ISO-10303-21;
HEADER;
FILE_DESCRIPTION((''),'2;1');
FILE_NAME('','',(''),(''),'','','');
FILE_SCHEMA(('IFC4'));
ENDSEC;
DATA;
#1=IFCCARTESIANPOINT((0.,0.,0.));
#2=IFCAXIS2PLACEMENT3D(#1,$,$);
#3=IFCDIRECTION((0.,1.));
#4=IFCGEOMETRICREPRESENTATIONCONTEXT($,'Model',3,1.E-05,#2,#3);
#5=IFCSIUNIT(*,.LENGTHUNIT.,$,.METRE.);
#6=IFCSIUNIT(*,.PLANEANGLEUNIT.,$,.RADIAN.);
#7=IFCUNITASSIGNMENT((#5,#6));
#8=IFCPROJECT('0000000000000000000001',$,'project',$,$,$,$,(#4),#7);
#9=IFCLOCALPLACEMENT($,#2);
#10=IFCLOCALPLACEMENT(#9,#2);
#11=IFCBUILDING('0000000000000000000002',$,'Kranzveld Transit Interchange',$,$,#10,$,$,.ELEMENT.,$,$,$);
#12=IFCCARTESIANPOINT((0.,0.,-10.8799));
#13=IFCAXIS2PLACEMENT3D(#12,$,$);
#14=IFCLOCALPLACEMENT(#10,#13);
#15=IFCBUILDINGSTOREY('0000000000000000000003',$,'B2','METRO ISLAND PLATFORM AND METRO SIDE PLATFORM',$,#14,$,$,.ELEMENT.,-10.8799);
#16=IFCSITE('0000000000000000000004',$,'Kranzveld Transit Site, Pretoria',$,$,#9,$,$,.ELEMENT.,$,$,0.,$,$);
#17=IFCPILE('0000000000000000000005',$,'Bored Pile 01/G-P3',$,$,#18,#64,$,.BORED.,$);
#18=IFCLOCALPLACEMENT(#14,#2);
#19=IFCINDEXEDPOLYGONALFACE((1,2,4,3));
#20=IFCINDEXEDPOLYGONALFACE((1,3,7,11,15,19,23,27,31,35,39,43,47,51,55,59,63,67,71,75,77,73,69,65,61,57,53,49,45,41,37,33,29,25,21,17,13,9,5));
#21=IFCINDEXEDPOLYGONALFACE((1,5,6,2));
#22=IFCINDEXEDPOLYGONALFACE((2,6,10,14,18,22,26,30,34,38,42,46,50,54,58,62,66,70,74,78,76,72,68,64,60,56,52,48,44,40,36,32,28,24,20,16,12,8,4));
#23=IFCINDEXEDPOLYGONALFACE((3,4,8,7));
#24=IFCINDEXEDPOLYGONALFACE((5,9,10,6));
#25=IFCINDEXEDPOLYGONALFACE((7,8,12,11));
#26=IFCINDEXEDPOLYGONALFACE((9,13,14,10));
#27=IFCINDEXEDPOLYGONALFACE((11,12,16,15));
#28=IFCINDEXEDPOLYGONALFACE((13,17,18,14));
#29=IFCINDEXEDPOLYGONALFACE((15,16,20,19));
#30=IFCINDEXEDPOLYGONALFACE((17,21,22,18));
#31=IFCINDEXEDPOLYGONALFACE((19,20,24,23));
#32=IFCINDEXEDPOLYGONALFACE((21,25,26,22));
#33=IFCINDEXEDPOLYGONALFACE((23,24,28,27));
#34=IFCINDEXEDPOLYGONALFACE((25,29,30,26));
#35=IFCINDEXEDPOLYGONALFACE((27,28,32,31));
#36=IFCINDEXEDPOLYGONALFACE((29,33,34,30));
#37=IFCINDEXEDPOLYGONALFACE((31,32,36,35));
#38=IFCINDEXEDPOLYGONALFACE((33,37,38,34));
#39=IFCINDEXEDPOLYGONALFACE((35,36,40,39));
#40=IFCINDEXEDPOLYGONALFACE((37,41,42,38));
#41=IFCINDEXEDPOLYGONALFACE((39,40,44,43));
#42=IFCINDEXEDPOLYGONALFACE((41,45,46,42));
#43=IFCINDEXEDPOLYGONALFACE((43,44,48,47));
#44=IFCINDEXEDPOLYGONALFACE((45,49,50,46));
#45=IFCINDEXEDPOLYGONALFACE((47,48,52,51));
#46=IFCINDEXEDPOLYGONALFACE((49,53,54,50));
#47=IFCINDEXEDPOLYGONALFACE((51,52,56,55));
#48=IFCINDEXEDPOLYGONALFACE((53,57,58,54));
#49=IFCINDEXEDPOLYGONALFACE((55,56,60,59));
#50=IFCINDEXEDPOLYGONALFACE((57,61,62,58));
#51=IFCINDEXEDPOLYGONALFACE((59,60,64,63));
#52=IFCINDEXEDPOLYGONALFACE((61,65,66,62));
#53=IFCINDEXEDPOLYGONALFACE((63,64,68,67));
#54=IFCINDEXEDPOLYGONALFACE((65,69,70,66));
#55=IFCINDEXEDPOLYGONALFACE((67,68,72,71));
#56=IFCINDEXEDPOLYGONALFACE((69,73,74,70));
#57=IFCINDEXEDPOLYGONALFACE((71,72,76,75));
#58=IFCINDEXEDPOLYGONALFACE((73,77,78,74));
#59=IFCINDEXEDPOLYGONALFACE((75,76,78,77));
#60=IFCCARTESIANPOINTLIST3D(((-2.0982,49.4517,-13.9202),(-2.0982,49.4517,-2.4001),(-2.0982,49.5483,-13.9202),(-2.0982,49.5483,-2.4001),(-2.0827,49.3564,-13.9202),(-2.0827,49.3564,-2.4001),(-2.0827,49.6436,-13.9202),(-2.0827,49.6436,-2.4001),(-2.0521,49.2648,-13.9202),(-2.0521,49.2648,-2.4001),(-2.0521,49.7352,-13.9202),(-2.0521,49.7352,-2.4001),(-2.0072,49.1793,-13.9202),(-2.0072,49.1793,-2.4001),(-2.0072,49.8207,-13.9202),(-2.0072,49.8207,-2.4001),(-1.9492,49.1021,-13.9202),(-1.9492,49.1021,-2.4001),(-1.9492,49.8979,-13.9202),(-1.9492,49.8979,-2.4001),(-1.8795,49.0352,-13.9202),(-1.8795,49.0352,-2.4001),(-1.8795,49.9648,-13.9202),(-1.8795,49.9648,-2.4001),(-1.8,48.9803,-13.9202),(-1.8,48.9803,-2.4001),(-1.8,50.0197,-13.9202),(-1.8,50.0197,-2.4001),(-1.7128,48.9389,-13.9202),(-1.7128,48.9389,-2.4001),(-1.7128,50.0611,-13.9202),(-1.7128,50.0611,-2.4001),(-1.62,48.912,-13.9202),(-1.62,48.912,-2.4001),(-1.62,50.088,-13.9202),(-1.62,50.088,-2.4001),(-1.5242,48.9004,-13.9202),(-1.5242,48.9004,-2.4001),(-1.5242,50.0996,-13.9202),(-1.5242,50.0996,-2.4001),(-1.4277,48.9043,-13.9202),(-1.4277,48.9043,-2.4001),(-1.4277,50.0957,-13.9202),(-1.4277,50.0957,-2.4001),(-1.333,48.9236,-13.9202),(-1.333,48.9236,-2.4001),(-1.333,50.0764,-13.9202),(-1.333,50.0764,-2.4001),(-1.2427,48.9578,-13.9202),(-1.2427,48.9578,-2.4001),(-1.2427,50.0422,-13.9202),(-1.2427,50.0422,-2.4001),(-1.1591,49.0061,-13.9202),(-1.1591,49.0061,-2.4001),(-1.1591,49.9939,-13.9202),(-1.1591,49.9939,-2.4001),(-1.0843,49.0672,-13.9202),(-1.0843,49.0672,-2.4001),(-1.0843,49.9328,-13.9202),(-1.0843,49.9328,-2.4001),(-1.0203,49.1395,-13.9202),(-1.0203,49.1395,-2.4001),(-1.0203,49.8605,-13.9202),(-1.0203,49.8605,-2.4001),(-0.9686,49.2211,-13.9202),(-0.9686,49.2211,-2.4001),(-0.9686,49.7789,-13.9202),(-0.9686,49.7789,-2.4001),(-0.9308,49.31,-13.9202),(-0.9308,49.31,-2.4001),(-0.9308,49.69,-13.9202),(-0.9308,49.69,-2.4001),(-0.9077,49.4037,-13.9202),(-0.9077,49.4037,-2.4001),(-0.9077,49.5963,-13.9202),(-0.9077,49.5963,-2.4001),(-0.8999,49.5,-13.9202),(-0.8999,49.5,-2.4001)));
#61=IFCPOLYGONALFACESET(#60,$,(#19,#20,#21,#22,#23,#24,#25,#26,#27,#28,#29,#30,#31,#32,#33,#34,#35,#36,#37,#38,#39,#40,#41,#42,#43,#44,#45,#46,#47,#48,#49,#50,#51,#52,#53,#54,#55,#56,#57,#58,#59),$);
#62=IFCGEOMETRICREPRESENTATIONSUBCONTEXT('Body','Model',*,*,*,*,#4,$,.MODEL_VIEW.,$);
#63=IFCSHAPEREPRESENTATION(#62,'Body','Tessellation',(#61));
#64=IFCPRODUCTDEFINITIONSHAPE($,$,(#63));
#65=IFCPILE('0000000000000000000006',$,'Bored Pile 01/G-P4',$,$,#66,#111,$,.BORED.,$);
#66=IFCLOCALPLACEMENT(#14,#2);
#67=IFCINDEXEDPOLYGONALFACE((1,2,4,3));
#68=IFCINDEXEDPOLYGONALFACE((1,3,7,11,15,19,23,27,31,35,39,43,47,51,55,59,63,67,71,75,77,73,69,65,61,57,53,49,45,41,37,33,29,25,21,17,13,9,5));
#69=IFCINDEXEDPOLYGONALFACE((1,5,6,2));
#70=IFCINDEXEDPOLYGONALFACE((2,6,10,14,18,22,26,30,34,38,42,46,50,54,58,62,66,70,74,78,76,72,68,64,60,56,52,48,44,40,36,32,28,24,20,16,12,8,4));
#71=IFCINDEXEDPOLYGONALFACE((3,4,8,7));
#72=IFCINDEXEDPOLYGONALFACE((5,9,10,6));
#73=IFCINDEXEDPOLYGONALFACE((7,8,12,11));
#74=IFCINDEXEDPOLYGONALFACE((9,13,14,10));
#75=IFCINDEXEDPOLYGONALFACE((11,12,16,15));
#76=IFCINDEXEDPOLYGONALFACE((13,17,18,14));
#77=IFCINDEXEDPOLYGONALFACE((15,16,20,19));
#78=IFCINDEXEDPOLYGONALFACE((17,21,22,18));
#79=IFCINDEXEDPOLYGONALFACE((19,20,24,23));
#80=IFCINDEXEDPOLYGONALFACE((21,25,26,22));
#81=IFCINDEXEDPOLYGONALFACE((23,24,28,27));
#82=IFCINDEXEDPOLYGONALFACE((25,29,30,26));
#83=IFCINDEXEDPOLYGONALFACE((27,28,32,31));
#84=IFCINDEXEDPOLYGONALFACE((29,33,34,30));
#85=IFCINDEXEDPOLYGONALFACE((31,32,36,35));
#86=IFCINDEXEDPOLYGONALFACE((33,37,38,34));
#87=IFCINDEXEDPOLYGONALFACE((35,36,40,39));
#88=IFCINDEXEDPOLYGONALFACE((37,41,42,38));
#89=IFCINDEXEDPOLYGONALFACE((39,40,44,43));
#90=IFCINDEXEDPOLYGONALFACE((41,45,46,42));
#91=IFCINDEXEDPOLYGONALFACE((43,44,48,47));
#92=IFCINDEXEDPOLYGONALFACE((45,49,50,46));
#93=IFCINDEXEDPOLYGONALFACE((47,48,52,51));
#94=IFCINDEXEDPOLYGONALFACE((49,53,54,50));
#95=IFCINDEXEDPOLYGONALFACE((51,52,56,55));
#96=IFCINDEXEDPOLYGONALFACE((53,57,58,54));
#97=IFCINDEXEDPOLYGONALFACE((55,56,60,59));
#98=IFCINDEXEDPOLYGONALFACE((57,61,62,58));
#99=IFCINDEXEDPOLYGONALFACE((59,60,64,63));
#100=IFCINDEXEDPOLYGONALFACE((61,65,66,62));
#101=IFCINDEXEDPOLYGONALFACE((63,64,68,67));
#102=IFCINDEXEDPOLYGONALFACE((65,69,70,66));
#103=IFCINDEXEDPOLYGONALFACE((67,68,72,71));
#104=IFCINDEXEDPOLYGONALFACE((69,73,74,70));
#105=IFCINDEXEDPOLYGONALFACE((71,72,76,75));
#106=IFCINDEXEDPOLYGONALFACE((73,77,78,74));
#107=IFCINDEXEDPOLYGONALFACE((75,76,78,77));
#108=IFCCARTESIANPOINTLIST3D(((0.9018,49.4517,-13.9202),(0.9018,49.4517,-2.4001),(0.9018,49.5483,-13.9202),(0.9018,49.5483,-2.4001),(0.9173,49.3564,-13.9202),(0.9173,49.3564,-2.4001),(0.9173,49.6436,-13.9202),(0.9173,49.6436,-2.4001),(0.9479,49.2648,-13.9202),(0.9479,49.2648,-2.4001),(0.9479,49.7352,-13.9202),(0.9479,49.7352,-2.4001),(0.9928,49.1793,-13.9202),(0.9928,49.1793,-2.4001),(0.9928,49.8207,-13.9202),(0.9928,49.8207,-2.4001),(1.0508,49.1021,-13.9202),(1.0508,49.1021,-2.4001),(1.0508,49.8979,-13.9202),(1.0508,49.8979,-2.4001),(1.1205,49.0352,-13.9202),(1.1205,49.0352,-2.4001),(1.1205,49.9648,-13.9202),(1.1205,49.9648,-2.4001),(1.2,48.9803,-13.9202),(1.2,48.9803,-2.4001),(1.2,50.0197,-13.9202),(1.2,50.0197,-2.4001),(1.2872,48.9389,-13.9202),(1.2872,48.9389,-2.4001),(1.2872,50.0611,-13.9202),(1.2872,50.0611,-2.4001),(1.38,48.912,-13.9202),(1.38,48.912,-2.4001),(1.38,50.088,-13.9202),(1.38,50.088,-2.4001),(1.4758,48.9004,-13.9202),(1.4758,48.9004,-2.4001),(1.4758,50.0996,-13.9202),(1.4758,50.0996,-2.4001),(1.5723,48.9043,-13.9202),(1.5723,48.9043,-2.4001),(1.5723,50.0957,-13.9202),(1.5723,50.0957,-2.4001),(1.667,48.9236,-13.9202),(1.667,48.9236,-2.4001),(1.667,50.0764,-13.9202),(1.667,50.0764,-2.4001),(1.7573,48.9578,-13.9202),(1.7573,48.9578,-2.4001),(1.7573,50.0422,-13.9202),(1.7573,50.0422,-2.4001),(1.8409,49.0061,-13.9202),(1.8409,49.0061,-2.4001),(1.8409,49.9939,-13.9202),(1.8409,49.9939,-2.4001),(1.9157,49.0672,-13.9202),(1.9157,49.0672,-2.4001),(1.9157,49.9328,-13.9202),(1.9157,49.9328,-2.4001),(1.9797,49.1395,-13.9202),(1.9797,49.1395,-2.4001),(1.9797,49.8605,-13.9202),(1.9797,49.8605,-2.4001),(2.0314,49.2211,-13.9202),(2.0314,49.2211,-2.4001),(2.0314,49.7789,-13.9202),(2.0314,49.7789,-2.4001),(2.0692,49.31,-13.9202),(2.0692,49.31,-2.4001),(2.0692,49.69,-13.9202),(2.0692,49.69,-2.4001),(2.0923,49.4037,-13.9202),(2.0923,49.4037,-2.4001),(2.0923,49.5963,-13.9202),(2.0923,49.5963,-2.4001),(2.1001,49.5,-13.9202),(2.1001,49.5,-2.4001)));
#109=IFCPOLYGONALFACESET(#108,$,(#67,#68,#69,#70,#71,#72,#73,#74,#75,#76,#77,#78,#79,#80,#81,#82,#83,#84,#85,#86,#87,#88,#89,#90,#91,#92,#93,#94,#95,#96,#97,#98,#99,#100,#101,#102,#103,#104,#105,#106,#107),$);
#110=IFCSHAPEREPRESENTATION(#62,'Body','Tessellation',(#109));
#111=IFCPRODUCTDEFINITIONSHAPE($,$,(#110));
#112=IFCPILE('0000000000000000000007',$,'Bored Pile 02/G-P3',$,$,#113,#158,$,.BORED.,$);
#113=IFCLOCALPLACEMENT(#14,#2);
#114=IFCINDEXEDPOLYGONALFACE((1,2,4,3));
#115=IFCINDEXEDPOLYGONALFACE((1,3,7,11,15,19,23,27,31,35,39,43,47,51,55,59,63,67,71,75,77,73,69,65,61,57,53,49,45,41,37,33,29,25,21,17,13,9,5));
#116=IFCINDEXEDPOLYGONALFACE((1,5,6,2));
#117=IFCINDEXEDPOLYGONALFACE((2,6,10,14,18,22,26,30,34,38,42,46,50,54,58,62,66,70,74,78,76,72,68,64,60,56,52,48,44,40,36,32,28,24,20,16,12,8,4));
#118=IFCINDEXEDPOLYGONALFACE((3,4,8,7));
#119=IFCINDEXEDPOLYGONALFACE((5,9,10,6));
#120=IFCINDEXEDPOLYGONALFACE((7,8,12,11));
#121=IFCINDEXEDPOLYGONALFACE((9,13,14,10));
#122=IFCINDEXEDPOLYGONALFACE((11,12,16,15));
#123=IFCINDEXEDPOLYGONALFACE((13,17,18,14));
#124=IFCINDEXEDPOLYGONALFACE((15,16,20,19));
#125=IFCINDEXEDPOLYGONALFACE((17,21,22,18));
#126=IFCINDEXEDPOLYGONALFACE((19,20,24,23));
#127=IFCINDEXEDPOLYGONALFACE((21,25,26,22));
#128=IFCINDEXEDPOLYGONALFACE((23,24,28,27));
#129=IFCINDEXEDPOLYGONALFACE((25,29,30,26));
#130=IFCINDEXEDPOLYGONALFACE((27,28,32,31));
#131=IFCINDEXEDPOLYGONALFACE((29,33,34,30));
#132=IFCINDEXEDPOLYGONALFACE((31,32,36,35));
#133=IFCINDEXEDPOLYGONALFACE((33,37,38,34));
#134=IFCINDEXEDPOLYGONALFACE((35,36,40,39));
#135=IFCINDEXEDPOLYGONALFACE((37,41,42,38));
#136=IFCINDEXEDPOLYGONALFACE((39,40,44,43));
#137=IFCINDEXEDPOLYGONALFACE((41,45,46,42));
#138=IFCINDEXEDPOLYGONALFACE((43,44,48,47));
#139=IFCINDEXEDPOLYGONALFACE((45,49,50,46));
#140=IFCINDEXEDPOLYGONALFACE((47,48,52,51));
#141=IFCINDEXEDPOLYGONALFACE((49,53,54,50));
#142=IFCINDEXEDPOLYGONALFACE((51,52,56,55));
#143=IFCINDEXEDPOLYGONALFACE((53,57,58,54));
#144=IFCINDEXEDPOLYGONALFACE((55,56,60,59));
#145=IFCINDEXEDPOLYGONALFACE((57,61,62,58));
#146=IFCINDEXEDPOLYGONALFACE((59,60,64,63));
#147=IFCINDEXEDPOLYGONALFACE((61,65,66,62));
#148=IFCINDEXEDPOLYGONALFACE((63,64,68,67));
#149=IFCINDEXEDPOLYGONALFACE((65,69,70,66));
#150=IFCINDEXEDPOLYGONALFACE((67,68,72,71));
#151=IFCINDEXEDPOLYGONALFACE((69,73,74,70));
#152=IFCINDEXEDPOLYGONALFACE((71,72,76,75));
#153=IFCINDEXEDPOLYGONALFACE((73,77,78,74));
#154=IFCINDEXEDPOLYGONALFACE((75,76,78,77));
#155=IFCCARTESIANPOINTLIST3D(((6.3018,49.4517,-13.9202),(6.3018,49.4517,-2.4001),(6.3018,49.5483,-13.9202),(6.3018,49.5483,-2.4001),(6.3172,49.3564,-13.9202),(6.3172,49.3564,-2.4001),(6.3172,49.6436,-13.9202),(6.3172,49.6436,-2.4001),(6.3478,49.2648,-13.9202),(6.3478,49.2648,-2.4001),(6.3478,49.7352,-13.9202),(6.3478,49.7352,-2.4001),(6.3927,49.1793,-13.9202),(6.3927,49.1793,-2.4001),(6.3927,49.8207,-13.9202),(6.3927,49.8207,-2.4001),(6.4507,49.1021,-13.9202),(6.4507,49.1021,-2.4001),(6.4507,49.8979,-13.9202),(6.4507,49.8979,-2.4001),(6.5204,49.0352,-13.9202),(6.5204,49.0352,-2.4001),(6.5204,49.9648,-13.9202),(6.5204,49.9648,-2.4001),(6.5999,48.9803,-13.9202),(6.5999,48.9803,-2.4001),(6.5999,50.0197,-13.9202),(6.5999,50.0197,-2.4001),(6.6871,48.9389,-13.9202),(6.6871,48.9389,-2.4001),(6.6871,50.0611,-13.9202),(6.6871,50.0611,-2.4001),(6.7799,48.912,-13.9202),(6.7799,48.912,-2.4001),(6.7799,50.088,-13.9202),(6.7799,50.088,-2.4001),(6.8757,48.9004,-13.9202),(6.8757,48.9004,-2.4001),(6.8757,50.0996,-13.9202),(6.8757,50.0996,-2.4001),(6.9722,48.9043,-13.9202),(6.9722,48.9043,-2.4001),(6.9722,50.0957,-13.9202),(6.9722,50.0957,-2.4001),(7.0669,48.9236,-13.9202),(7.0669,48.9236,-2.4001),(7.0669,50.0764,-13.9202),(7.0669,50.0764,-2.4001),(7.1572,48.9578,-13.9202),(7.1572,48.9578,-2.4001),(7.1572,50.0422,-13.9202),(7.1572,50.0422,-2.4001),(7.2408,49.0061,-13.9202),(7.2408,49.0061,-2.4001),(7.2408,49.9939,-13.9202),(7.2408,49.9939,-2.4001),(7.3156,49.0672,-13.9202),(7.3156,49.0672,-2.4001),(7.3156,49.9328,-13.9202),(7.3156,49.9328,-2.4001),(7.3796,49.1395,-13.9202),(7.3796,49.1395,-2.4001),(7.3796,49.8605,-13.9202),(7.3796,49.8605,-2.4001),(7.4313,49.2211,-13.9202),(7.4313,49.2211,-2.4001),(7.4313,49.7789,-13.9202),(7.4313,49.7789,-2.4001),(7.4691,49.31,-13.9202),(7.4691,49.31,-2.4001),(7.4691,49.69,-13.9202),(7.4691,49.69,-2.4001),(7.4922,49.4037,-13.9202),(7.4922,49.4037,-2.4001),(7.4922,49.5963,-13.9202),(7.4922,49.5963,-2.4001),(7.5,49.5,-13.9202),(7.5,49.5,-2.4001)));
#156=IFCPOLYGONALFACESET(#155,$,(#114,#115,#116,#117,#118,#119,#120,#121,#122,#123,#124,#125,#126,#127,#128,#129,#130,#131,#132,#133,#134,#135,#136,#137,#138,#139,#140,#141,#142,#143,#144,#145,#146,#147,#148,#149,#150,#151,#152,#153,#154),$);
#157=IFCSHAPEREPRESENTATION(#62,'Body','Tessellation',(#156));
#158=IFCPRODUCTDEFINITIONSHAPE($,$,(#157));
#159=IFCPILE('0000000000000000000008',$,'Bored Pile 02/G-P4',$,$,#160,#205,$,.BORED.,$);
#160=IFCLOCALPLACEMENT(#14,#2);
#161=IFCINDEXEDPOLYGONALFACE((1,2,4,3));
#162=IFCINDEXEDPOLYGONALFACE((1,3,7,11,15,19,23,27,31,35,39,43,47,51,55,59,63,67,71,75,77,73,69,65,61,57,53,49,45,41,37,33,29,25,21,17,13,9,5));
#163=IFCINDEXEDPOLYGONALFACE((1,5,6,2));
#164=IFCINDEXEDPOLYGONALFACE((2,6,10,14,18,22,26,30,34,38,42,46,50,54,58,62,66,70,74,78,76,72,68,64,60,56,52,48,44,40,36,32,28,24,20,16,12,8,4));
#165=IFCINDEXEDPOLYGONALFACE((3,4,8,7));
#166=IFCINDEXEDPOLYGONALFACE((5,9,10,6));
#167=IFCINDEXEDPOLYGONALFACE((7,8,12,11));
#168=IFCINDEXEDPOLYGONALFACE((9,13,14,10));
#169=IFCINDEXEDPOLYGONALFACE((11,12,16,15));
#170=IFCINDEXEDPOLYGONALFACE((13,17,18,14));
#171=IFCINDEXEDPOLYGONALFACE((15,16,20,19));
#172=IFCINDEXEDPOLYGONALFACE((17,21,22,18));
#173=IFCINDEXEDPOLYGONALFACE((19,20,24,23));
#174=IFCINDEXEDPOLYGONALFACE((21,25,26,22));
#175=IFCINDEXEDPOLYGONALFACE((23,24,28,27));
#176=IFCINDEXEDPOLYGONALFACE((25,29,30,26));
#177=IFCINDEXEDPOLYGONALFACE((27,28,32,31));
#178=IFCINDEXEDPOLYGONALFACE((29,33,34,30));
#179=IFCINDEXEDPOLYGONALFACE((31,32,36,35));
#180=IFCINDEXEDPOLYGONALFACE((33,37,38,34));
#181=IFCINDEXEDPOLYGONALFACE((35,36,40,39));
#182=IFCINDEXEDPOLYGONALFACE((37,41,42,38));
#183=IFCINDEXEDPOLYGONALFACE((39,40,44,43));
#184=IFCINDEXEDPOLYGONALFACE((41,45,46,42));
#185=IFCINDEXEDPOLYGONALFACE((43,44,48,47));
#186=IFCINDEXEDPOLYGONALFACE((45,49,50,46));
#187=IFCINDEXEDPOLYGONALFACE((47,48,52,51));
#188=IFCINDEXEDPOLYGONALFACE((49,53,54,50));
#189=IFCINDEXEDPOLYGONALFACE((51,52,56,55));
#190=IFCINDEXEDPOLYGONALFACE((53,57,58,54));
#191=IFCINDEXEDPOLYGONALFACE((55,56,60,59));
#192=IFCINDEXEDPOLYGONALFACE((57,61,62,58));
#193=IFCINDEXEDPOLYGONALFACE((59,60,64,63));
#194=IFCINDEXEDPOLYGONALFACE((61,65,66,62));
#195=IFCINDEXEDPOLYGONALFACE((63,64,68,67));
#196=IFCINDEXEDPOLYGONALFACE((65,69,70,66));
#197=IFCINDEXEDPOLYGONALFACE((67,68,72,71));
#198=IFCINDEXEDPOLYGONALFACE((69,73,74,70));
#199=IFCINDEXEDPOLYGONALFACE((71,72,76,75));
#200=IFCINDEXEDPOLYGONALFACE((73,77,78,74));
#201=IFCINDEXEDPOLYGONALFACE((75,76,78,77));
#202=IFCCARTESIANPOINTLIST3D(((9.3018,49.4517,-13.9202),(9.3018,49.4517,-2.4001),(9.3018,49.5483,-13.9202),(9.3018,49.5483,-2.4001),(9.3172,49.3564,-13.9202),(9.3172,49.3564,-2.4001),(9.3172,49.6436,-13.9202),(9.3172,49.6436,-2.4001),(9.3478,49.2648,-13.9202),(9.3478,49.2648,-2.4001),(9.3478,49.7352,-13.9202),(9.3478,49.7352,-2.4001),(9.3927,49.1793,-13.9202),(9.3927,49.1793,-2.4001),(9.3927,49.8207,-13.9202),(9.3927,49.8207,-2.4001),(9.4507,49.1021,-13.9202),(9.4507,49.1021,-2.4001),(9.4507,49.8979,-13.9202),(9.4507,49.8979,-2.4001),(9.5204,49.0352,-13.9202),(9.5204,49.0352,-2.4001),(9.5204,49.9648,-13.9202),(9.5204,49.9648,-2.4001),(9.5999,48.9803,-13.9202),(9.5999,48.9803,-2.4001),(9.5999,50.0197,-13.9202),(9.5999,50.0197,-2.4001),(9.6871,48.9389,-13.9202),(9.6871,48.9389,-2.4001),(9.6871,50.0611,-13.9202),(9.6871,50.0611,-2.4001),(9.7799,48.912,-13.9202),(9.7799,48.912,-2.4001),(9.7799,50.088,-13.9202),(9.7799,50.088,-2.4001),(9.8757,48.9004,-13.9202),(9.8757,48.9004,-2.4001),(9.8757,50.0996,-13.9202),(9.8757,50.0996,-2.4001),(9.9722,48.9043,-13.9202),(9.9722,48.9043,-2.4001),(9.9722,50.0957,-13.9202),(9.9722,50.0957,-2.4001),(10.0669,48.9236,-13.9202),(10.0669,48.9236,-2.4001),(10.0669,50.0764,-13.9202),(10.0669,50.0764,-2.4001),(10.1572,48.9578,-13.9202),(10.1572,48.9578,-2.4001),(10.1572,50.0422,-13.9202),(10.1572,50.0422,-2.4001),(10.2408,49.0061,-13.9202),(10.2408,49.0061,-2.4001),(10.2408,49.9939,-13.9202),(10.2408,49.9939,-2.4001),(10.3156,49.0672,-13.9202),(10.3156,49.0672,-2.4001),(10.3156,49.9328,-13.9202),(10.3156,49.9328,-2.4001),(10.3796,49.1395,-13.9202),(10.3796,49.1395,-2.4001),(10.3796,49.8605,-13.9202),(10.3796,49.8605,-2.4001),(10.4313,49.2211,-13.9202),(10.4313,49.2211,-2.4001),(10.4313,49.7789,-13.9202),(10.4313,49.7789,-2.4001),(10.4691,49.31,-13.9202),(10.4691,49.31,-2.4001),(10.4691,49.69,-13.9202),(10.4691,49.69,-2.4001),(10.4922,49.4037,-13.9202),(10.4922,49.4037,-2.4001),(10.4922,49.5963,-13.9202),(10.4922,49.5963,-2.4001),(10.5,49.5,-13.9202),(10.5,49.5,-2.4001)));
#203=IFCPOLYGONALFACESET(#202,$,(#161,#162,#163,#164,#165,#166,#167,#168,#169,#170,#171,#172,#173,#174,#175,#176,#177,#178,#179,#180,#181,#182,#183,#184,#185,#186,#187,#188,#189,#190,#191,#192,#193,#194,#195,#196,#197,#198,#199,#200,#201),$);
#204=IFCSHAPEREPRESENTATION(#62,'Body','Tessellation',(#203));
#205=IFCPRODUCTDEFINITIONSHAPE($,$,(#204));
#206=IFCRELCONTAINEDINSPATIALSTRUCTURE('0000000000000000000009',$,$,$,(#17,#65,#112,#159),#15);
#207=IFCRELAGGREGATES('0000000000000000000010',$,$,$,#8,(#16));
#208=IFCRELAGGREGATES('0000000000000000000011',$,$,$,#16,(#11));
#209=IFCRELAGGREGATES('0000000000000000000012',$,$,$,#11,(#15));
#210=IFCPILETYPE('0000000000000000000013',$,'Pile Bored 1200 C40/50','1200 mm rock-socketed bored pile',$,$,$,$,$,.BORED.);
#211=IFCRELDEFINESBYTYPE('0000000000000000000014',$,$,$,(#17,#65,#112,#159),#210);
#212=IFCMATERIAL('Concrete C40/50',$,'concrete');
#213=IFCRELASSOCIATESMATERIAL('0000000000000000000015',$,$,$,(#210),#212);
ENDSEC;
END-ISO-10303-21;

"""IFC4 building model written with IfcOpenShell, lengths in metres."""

from ifc_helpers import new_model, si_unit, direction, frame, origin, origin_2d, place, context, subcontext, project, spatial, circle, extrude, material, material_profile, profile_set, type_object, element, save


model = new_model("IFC4")

# Units and contexts
model_context = context("Model", 3, precision=1e-05, world=origin(), true_north=direction((0.0, 1.0)))
body_context = subcontext(model_context, "Body", "Model", "MODEL_VIEW")
ifc_project = project(units=[si_unit("LENGTHUNIT", "METRE"), si_unit("PLANEANGLEUNIT", "RADIAN")], contexts=[model_context])

# Site, building, storey
site_placement = place(None, origin())
site = spatial("IfcSite", under=ifc_project, at=site_placement, Name="Kranzveld Transit Site, Pretoria", CompositionType="ELEMENT", RefElevation=0.0)
building_placement = place(site_placement, origin())
building = spatial("IfcBuilding", under=site, at=building_placement, Name="Kranzveld Transit Interchange", CompositionType="ELEMENT")
storey_placement = place(building_placement, frame((0.0, 0.0, -10.8799)))
storey = spatial("IfcBuildingStorey", under=building, at=storey_placement, Name="B2", Description="METRO ISLAND PLATFORM AND METRO SIDE PLATFORM", CompositionType="ELEMENT", Elevation=-10.8799)

# Piles
ifc_material_1 = material(Name="Concrete C40/50", Category="concrete")
ifc_material_profile_1 = material_profile(ifc_material_1, circle(Radius=0.6001, at=origin_2d()), Name="BORED PILE 1200")
ifc_profile_set_1 = profile_set([ifc_material_profile_1], Name="Concrete C40/50")
pile_type = type_object("IfcPileType", Name="Pile Bored 1200 C40/50", Description="1200 mm rock-socketed bored pile", PredefinedType="BORED", material=ifc_profile_set_1)
for number, where, z_axis, x_axis, name in (
    (1, (-1.5, 49.5, -2.4001), (0.0, 0.0, -1.0), (1.0, 0.0, 0.0), "Bored Pile 01/G-P3"),
    (2, (1.5, 49.5, -2.4001), (0.0, 0.0, -1.0), (1.0, 0.0, 0.0), "Bored Pile 01/G-P4"),
    (3, (6.8999, 49.5, -2.4001), (0.0, 0.0, -1.0), (1.0, 0.0, 0.0), "Bored Pile 02/G-P3"),
    (4, (9.8999, 49.5, -2.4001), (0.0, 0.0, -1.0), (1.0, 0.0, 0.0), "Bored Pile 02/G-P4"),
):
    element("IfcPile", number, at=place(storey_placement, frame(where, z_axis=z_axis, x_axis=x_axis)), inside=storey, type_object=pile_type, Name=name, PredefinedType="BORED", context=body_context, shape_type="SweptSolid", body=[
        extrude(circle(Radius=0.6001, at=origin_2d()), origin(), (0.0, 0.0, 1.0), 11.52),
    ])

save(model, "model.ifc")
